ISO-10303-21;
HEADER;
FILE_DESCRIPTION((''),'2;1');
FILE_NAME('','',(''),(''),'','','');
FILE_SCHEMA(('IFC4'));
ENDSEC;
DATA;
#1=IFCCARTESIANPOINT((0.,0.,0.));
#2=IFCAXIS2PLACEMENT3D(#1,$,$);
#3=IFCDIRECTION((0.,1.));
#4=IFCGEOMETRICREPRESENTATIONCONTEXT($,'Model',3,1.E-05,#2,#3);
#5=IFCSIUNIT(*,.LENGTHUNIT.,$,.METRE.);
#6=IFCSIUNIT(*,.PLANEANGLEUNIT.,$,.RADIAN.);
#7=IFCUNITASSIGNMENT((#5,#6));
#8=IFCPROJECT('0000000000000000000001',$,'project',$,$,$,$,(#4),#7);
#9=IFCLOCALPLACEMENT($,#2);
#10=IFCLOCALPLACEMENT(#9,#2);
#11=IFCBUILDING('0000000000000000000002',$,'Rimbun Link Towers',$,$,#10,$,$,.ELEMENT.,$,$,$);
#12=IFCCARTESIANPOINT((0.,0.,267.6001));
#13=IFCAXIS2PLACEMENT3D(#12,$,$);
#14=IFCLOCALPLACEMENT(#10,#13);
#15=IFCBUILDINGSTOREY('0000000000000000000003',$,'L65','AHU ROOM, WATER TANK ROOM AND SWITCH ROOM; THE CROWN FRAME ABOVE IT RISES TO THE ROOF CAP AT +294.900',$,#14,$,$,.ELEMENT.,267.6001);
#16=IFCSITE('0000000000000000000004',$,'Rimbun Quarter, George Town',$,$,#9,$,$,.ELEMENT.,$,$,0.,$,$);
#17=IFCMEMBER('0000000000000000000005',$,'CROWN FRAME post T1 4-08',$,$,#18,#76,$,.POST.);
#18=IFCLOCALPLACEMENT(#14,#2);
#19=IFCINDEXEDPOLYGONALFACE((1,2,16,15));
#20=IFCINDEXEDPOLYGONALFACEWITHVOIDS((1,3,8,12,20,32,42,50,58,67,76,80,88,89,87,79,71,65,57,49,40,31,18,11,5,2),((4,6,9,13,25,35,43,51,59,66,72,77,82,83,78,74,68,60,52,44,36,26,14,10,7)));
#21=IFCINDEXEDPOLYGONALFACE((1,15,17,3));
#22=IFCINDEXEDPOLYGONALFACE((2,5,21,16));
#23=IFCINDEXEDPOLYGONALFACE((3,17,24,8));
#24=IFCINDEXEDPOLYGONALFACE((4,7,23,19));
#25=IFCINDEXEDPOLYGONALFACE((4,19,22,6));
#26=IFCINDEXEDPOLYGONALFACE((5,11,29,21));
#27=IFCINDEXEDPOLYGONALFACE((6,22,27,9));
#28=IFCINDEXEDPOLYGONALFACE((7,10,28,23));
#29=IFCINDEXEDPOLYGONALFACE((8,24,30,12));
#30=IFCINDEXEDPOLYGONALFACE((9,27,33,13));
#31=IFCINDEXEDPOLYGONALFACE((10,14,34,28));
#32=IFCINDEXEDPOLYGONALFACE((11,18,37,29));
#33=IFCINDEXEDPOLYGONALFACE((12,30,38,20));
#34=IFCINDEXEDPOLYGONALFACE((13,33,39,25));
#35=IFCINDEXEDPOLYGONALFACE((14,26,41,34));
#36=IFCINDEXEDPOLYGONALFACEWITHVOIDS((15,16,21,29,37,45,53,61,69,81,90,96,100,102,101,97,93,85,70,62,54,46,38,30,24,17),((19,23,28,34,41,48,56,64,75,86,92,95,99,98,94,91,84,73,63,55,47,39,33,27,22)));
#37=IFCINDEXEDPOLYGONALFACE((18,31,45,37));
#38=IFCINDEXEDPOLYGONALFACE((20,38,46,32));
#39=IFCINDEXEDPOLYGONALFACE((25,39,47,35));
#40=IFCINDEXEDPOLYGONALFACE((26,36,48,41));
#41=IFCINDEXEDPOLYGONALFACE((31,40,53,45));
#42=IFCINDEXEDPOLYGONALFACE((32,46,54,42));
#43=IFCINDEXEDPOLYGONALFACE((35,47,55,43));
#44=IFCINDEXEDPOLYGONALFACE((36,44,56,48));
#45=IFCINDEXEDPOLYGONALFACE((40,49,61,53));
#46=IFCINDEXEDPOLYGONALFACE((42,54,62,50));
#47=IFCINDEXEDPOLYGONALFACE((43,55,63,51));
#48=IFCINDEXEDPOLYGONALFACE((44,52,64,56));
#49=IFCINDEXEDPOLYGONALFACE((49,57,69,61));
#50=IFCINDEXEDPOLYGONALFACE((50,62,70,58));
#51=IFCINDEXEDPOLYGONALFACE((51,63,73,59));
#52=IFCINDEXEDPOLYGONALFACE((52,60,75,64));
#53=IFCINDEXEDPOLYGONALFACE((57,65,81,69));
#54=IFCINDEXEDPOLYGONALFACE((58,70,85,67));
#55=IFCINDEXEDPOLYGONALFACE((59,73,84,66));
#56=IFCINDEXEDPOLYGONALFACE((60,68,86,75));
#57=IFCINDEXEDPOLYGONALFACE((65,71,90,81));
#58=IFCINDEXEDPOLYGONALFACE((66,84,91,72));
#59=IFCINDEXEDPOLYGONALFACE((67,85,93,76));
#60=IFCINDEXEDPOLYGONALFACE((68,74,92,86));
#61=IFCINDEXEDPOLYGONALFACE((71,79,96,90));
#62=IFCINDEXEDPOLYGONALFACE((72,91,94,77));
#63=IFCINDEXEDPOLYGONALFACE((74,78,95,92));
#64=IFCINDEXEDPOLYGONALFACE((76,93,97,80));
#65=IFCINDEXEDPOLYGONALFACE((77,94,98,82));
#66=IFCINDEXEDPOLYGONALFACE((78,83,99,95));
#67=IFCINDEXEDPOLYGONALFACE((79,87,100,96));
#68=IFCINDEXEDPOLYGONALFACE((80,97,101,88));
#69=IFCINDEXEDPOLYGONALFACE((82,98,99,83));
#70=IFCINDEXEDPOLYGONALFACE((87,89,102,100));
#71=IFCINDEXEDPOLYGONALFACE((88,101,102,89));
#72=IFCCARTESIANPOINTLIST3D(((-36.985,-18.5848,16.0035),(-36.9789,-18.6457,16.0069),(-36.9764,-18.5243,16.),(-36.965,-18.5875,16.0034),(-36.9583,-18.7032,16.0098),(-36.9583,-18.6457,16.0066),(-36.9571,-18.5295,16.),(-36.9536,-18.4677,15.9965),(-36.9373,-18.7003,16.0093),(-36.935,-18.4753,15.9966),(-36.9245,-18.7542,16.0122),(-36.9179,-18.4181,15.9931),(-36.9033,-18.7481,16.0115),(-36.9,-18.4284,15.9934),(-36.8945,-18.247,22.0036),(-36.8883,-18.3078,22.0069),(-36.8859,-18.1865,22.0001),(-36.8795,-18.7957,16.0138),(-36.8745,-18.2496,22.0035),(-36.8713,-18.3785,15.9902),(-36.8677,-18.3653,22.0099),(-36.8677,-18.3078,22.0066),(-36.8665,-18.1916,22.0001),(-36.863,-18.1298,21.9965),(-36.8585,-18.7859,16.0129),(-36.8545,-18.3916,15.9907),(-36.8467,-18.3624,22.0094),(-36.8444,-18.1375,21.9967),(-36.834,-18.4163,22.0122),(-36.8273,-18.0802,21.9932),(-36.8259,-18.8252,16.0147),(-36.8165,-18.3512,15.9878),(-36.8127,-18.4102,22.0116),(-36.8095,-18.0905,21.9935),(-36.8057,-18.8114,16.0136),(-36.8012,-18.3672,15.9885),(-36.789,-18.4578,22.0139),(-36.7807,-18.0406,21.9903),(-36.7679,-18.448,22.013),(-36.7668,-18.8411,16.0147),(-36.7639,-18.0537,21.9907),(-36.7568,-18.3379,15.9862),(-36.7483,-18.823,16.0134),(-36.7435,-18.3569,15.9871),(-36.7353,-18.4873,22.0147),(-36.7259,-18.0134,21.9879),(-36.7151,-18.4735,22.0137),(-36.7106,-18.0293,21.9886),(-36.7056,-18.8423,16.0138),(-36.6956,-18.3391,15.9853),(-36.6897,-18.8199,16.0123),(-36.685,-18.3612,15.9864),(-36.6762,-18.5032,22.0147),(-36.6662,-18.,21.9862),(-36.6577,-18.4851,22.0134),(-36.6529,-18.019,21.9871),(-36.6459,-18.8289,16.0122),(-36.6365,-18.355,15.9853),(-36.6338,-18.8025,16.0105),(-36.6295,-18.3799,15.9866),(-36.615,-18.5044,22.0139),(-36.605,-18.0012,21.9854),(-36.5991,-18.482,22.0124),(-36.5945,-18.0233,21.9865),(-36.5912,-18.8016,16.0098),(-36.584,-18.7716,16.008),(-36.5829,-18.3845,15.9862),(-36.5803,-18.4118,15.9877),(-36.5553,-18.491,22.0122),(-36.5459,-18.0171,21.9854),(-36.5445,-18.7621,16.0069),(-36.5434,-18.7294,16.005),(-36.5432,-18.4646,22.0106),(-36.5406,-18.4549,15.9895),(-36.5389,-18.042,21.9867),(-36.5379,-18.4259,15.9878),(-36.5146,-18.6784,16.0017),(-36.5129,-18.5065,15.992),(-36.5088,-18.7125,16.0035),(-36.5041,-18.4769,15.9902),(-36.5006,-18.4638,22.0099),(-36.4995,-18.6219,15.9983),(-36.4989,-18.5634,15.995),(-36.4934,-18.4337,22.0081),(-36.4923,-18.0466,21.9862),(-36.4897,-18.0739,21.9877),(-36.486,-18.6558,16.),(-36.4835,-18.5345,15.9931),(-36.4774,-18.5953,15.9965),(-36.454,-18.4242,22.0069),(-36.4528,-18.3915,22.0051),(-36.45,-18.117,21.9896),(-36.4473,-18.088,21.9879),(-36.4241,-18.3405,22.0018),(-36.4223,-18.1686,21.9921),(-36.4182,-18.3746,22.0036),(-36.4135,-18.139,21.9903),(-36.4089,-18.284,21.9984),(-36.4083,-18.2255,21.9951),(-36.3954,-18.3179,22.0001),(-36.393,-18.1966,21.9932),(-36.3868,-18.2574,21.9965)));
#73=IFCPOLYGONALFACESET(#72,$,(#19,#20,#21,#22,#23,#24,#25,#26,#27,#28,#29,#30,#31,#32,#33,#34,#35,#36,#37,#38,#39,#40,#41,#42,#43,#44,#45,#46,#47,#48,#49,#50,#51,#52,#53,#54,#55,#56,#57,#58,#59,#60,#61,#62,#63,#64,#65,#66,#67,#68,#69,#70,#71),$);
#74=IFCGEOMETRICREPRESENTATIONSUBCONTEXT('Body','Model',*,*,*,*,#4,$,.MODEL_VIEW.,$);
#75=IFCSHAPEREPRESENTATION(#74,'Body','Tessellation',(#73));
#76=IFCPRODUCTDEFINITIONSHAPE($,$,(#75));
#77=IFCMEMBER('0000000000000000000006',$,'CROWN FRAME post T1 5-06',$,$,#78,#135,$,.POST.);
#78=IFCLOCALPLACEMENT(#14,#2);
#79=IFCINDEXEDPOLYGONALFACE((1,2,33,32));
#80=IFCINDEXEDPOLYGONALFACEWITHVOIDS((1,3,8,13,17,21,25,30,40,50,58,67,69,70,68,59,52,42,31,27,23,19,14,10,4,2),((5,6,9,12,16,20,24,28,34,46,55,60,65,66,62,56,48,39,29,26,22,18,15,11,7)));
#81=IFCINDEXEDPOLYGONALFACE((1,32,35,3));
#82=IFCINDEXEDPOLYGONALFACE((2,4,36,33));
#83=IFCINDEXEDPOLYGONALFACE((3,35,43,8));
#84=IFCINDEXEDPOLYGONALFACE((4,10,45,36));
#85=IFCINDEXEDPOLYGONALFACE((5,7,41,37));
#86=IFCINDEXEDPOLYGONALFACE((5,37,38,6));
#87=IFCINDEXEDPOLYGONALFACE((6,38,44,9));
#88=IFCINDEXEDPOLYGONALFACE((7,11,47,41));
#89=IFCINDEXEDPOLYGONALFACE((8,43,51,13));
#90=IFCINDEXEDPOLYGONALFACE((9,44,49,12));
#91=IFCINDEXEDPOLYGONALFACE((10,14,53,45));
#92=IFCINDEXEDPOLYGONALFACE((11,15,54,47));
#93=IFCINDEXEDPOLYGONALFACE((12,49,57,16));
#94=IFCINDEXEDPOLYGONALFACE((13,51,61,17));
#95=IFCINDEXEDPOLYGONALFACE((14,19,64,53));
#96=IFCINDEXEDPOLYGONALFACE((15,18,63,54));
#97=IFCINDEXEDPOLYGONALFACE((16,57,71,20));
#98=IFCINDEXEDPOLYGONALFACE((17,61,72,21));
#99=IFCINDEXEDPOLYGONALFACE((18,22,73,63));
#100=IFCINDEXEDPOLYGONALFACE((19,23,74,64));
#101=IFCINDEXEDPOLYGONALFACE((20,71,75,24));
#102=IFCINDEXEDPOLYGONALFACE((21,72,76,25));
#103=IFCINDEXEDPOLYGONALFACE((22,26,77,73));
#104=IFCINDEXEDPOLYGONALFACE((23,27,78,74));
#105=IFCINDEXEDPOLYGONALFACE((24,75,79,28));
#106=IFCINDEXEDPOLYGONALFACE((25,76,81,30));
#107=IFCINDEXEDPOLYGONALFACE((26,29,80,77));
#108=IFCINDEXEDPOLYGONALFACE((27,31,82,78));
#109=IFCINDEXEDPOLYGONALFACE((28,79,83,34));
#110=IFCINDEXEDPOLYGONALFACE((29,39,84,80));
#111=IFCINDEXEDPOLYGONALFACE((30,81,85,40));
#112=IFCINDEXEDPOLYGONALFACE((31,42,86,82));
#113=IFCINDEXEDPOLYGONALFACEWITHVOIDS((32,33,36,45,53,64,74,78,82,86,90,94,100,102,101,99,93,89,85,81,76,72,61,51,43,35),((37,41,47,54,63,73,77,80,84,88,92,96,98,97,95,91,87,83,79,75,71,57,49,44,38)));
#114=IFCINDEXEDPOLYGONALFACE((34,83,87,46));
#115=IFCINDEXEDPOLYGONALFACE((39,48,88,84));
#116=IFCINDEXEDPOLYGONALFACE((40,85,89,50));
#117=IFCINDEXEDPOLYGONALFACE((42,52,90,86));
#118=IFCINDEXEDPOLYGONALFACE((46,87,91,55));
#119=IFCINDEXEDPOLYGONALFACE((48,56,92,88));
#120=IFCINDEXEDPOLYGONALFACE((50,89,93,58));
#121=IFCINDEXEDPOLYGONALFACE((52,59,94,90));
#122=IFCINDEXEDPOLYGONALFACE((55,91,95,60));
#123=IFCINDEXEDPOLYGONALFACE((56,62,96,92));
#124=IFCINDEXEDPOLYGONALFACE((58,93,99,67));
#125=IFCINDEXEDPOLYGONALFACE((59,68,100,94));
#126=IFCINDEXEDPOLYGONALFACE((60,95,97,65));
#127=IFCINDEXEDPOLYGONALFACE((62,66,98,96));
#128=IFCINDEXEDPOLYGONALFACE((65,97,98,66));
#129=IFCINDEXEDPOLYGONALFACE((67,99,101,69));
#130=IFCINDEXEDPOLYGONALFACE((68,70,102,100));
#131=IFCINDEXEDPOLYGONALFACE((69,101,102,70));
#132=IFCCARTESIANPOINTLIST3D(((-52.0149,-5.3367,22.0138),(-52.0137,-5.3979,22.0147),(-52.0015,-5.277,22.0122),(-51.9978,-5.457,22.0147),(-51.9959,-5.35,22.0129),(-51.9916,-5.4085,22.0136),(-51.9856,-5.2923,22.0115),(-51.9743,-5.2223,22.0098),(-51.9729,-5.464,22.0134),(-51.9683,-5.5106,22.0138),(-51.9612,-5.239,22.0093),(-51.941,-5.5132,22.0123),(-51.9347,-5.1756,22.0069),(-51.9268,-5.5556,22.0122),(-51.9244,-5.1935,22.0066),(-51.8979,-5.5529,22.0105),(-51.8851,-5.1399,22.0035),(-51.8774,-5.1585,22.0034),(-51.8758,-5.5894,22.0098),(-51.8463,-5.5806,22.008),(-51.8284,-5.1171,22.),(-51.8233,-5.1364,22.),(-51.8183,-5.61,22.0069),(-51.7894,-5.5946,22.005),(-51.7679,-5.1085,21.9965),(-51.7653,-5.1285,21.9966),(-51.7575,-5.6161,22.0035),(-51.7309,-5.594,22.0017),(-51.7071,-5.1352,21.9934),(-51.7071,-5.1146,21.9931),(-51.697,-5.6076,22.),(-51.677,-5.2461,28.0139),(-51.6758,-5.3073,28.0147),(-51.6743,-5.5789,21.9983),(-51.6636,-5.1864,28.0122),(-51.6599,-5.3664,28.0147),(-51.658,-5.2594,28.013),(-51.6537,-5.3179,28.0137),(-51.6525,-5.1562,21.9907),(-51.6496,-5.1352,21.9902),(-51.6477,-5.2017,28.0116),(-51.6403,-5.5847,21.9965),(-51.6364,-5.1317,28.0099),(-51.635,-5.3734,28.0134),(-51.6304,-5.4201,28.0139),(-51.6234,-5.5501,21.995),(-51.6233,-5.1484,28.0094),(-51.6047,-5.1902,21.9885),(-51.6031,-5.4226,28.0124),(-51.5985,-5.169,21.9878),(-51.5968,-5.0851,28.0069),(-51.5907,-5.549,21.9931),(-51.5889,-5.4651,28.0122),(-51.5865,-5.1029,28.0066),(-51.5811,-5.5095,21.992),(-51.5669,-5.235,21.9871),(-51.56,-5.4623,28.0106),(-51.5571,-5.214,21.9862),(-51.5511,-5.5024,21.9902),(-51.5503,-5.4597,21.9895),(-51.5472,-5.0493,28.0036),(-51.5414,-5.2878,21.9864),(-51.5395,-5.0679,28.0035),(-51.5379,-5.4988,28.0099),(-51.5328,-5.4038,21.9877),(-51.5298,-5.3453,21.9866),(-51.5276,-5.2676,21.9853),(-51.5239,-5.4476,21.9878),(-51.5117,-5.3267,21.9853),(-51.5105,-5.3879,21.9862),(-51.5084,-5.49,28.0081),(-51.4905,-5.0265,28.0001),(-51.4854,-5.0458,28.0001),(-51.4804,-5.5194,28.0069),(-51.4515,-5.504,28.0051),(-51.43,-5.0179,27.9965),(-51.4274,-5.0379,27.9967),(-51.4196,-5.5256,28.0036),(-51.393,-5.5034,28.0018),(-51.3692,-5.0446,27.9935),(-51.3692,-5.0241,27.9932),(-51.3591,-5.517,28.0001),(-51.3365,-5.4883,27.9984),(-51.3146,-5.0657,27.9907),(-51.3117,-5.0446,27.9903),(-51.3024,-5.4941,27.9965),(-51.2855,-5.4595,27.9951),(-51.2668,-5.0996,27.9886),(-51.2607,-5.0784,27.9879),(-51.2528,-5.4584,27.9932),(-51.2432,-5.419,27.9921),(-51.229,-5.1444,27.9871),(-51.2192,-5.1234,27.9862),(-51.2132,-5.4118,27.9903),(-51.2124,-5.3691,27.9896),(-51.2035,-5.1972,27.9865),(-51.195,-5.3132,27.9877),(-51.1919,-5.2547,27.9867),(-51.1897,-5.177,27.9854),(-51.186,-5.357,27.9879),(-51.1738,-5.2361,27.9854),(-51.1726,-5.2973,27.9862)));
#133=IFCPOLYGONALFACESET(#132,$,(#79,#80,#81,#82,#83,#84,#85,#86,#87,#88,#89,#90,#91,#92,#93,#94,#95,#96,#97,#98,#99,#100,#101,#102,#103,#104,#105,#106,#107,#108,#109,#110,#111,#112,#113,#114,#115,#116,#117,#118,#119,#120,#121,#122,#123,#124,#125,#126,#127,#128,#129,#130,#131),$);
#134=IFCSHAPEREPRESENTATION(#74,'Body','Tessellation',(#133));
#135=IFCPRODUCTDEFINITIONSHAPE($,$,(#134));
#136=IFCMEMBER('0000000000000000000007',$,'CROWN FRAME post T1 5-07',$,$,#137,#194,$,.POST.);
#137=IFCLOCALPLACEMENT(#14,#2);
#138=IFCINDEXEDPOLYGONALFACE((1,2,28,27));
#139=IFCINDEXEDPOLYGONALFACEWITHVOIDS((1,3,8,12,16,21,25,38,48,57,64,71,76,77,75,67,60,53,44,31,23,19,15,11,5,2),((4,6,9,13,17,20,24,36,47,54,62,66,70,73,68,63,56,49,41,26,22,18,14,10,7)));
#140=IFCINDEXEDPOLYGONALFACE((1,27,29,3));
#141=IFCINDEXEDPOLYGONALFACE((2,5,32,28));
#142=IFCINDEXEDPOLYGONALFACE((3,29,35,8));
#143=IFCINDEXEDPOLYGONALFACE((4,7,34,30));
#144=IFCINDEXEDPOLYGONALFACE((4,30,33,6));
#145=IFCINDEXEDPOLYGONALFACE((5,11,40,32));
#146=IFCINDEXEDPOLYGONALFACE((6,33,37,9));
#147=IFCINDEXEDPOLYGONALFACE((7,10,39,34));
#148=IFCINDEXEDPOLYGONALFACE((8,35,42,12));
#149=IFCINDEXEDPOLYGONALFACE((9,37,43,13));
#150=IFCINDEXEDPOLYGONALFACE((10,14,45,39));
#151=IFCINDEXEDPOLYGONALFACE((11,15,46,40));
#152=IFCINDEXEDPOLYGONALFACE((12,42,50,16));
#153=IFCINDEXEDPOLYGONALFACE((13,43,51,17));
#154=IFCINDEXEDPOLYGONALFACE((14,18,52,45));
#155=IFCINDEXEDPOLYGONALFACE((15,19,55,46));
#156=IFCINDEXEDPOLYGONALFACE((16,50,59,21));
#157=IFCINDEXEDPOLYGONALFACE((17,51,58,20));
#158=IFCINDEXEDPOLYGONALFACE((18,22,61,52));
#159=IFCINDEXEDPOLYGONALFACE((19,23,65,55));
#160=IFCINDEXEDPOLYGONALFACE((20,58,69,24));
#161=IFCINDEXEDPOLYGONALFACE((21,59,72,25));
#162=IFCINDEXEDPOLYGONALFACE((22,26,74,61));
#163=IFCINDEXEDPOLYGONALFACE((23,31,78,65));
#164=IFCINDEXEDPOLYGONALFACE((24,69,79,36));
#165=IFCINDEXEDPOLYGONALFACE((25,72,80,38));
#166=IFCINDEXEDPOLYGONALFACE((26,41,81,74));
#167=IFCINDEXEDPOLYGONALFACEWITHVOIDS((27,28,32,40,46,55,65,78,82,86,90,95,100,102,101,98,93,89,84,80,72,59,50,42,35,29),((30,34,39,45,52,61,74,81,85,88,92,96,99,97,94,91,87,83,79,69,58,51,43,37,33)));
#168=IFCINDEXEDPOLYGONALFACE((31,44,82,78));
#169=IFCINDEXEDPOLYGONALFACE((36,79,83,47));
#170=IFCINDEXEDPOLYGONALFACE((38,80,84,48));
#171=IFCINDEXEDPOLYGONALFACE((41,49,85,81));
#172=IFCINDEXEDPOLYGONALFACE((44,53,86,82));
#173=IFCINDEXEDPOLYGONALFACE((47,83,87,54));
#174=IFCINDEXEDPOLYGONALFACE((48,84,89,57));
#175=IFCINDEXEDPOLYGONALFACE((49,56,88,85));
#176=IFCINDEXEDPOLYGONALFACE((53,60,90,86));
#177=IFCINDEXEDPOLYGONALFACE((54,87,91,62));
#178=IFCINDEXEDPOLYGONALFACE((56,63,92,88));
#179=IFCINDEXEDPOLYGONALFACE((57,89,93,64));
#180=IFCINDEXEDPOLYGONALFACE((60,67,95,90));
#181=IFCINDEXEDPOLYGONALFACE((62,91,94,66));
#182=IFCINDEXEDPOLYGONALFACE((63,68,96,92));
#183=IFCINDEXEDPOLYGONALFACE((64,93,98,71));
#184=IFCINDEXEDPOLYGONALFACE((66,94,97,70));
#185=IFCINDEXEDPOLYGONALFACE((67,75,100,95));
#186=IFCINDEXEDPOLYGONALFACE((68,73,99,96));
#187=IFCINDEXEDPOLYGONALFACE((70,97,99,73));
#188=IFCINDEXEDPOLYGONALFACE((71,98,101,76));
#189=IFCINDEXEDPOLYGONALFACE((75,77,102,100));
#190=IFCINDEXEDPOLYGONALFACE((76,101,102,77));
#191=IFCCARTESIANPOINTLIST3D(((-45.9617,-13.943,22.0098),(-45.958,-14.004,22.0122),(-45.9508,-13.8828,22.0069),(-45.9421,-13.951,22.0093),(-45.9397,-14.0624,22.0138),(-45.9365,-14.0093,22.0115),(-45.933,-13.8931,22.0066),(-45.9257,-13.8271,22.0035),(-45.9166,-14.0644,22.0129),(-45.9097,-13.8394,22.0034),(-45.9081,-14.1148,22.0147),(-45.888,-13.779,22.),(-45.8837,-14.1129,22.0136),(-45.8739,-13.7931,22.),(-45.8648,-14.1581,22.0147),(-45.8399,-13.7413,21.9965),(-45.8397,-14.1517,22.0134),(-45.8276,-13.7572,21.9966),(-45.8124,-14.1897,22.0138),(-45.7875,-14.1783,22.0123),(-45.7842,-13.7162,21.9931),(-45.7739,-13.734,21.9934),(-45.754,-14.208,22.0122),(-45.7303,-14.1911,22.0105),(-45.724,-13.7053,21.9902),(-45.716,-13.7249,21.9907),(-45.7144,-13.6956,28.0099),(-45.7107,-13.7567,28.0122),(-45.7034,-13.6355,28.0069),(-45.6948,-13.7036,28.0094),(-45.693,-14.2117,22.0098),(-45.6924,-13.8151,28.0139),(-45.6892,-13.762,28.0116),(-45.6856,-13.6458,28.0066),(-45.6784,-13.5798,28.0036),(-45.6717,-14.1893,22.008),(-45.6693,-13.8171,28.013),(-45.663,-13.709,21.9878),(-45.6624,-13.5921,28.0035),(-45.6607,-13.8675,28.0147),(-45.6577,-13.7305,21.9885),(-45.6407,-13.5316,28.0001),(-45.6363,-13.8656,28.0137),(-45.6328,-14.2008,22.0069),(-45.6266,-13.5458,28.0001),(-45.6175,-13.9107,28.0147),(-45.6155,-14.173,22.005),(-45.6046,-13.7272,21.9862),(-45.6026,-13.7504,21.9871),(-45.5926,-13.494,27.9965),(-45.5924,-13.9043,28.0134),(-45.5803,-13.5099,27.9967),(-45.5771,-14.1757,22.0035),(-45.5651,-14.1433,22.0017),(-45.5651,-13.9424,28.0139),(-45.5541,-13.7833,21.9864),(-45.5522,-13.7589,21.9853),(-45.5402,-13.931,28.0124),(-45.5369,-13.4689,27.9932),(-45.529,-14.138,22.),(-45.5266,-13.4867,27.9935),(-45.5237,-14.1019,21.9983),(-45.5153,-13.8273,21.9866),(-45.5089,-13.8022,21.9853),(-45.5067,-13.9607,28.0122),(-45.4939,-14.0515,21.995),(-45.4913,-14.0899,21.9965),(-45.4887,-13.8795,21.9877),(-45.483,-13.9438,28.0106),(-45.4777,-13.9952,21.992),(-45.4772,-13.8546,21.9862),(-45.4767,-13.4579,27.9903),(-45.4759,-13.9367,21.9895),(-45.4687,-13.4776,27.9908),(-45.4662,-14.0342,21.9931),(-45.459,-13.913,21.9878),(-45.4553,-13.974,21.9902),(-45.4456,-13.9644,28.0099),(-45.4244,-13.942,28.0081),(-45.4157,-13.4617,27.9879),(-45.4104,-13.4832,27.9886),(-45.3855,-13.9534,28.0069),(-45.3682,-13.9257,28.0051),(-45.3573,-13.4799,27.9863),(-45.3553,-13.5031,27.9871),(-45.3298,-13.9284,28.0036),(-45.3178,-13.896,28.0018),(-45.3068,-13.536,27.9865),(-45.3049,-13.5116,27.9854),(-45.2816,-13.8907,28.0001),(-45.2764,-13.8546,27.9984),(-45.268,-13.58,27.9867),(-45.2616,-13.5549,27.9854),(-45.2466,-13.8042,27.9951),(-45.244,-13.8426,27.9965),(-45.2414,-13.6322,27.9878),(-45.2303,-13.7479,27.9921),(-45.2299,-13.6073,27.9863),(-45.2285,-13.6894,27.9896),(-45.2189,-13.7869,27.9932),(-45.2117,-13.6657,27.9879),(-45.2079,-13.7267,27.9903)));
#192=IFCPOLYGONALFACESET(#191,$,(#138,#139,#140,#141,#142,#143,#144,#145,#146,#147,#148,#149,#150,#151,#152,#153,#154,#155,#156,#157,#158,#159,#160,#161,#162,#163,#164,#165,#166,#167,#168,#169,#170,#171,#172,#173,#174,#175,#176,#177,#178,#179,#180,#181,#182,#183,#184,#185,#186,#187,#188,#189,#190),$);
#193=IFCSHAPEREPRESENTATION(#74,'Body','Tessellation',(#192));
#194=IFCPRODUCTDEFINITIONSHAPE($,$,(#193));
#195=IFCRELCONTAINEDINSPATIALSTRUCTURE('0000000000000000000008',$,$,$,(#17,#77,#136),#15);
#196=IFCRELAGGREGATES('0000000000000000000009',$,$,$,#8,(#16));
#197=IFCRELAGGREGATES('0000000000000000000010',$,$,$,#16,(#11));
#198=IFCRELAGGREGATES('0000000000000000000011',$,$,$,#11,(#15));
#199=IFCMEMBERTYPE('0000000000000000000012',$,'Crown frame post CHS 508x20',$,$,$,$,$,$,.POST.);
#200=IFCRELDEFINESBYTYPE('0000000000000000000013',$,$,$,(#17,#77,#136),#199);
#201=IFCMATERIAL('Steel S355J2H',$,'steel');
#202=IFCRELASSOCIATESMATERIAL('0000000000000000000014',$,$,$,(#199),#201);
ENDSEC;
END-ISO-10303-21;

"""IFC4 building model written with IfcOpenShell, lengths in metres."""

from ifc_helpers import new_model, si_unit, direction, frame, origin, origin_2d, place, context, subcontext, project, spatial, hollow_circle, extrude, material, material_profile, profile_set, type_object, element, save


model = new_model("IFC4")

# Units and contexts
model_context = context("Model", 3, precision=1e-05, world=origin(), true_north=direction((0.0, 1.0)))
body_context = subcontext(model_context, "Body", "Model", "MODEL_VIEW")
ifc_project = project(units=[si_unit("LENGTHUNIT", "METRE"), si_unit("PLANEANGLEUNIT", "RADIAN")], contexts=[model_context])

# Site, building, storey
site_placement = place(None, origin())
site = spatial("IfcSite", under=ifc_project, at=site_placement, Name="Rimbun Quarter, George Town", CompositionType="ELEMENT", RefElevation=0.0)
building_placement = place(site_placement, origin())
building = spatial("IfcBuilding", under=site, at=building_placement, Name="Rimbun Link Towers", CompositionType="ELEMENT")
storey_placement = place(building_placement, frame((0.0, 0.0, 267.6001)))
storey = spatial("IfcBuildingStorey", under=building, at=storey_placement, Name="L65", Description="AHU ROOM, WATER TANK ROOM AND SWITCH ROOM; THE CROWN FRAME ABOVE IT RISES TO THE ROOF CAP AT +294.900", CompositionType="ELEMENT", Elevation=267.6001)

# Members
ifc_material_1 = material(Name="Steel S355J2H", Category="steel")
ifc_material_profile_1 = material_profile(ifc_material_1, hollow_circle(Radius=0.2539, WallThickness=0.02, at=origin_2d()), Name="Crown frame post CHS 508x20")
ifc_profile_set_1 = profile_set([ifc_material_profile_1], Name="Steel S355J2H")
member_type_1 = type_object("IfcMemberType", Name="Crown frame post CHS 508x20", PredefinedType="POST", material=ifc_profile_set_1)
for number, where, z_axis, x_axis, name in (
    (1, (-36.7312, -18.5901, 16.0), (0.01507, 0.05622, 0.998305), (-0.965898, 0.258922, 0.0), "CROWN FRAME post T1 4-08"),
    (2, (-51.7627, -5.3623, 22.0), (0.05622, 0.01507, 0.998305), (-0.258922, 0.965898, 0.0), "CROWN FRAME post T1 5-06"),
    (3, (-45.7085, -13.9585, 22.0), (0.041149, 0.041149, 0.998305), (-0.707107, 0.707107, 0.0), "CROWN FRAME post T1 5-07"),
):
    element("IfcMember", number, at=place(storey_placement, frame(where, z_axis=z_axis, x_axis=x_axis)), inside=storey, type_object=member_type_1, Name=name, PredefinedType="POST", context=body_context, shape_type="SweptSolid", body=[
        extrude(hollow_circle(Radius=0.2539, WallThickness=0.02, at=origin_2d()), origin(), (0.0, 0.0, 1.0), 6.0103),
    ])

save(model, "model.ifc")
